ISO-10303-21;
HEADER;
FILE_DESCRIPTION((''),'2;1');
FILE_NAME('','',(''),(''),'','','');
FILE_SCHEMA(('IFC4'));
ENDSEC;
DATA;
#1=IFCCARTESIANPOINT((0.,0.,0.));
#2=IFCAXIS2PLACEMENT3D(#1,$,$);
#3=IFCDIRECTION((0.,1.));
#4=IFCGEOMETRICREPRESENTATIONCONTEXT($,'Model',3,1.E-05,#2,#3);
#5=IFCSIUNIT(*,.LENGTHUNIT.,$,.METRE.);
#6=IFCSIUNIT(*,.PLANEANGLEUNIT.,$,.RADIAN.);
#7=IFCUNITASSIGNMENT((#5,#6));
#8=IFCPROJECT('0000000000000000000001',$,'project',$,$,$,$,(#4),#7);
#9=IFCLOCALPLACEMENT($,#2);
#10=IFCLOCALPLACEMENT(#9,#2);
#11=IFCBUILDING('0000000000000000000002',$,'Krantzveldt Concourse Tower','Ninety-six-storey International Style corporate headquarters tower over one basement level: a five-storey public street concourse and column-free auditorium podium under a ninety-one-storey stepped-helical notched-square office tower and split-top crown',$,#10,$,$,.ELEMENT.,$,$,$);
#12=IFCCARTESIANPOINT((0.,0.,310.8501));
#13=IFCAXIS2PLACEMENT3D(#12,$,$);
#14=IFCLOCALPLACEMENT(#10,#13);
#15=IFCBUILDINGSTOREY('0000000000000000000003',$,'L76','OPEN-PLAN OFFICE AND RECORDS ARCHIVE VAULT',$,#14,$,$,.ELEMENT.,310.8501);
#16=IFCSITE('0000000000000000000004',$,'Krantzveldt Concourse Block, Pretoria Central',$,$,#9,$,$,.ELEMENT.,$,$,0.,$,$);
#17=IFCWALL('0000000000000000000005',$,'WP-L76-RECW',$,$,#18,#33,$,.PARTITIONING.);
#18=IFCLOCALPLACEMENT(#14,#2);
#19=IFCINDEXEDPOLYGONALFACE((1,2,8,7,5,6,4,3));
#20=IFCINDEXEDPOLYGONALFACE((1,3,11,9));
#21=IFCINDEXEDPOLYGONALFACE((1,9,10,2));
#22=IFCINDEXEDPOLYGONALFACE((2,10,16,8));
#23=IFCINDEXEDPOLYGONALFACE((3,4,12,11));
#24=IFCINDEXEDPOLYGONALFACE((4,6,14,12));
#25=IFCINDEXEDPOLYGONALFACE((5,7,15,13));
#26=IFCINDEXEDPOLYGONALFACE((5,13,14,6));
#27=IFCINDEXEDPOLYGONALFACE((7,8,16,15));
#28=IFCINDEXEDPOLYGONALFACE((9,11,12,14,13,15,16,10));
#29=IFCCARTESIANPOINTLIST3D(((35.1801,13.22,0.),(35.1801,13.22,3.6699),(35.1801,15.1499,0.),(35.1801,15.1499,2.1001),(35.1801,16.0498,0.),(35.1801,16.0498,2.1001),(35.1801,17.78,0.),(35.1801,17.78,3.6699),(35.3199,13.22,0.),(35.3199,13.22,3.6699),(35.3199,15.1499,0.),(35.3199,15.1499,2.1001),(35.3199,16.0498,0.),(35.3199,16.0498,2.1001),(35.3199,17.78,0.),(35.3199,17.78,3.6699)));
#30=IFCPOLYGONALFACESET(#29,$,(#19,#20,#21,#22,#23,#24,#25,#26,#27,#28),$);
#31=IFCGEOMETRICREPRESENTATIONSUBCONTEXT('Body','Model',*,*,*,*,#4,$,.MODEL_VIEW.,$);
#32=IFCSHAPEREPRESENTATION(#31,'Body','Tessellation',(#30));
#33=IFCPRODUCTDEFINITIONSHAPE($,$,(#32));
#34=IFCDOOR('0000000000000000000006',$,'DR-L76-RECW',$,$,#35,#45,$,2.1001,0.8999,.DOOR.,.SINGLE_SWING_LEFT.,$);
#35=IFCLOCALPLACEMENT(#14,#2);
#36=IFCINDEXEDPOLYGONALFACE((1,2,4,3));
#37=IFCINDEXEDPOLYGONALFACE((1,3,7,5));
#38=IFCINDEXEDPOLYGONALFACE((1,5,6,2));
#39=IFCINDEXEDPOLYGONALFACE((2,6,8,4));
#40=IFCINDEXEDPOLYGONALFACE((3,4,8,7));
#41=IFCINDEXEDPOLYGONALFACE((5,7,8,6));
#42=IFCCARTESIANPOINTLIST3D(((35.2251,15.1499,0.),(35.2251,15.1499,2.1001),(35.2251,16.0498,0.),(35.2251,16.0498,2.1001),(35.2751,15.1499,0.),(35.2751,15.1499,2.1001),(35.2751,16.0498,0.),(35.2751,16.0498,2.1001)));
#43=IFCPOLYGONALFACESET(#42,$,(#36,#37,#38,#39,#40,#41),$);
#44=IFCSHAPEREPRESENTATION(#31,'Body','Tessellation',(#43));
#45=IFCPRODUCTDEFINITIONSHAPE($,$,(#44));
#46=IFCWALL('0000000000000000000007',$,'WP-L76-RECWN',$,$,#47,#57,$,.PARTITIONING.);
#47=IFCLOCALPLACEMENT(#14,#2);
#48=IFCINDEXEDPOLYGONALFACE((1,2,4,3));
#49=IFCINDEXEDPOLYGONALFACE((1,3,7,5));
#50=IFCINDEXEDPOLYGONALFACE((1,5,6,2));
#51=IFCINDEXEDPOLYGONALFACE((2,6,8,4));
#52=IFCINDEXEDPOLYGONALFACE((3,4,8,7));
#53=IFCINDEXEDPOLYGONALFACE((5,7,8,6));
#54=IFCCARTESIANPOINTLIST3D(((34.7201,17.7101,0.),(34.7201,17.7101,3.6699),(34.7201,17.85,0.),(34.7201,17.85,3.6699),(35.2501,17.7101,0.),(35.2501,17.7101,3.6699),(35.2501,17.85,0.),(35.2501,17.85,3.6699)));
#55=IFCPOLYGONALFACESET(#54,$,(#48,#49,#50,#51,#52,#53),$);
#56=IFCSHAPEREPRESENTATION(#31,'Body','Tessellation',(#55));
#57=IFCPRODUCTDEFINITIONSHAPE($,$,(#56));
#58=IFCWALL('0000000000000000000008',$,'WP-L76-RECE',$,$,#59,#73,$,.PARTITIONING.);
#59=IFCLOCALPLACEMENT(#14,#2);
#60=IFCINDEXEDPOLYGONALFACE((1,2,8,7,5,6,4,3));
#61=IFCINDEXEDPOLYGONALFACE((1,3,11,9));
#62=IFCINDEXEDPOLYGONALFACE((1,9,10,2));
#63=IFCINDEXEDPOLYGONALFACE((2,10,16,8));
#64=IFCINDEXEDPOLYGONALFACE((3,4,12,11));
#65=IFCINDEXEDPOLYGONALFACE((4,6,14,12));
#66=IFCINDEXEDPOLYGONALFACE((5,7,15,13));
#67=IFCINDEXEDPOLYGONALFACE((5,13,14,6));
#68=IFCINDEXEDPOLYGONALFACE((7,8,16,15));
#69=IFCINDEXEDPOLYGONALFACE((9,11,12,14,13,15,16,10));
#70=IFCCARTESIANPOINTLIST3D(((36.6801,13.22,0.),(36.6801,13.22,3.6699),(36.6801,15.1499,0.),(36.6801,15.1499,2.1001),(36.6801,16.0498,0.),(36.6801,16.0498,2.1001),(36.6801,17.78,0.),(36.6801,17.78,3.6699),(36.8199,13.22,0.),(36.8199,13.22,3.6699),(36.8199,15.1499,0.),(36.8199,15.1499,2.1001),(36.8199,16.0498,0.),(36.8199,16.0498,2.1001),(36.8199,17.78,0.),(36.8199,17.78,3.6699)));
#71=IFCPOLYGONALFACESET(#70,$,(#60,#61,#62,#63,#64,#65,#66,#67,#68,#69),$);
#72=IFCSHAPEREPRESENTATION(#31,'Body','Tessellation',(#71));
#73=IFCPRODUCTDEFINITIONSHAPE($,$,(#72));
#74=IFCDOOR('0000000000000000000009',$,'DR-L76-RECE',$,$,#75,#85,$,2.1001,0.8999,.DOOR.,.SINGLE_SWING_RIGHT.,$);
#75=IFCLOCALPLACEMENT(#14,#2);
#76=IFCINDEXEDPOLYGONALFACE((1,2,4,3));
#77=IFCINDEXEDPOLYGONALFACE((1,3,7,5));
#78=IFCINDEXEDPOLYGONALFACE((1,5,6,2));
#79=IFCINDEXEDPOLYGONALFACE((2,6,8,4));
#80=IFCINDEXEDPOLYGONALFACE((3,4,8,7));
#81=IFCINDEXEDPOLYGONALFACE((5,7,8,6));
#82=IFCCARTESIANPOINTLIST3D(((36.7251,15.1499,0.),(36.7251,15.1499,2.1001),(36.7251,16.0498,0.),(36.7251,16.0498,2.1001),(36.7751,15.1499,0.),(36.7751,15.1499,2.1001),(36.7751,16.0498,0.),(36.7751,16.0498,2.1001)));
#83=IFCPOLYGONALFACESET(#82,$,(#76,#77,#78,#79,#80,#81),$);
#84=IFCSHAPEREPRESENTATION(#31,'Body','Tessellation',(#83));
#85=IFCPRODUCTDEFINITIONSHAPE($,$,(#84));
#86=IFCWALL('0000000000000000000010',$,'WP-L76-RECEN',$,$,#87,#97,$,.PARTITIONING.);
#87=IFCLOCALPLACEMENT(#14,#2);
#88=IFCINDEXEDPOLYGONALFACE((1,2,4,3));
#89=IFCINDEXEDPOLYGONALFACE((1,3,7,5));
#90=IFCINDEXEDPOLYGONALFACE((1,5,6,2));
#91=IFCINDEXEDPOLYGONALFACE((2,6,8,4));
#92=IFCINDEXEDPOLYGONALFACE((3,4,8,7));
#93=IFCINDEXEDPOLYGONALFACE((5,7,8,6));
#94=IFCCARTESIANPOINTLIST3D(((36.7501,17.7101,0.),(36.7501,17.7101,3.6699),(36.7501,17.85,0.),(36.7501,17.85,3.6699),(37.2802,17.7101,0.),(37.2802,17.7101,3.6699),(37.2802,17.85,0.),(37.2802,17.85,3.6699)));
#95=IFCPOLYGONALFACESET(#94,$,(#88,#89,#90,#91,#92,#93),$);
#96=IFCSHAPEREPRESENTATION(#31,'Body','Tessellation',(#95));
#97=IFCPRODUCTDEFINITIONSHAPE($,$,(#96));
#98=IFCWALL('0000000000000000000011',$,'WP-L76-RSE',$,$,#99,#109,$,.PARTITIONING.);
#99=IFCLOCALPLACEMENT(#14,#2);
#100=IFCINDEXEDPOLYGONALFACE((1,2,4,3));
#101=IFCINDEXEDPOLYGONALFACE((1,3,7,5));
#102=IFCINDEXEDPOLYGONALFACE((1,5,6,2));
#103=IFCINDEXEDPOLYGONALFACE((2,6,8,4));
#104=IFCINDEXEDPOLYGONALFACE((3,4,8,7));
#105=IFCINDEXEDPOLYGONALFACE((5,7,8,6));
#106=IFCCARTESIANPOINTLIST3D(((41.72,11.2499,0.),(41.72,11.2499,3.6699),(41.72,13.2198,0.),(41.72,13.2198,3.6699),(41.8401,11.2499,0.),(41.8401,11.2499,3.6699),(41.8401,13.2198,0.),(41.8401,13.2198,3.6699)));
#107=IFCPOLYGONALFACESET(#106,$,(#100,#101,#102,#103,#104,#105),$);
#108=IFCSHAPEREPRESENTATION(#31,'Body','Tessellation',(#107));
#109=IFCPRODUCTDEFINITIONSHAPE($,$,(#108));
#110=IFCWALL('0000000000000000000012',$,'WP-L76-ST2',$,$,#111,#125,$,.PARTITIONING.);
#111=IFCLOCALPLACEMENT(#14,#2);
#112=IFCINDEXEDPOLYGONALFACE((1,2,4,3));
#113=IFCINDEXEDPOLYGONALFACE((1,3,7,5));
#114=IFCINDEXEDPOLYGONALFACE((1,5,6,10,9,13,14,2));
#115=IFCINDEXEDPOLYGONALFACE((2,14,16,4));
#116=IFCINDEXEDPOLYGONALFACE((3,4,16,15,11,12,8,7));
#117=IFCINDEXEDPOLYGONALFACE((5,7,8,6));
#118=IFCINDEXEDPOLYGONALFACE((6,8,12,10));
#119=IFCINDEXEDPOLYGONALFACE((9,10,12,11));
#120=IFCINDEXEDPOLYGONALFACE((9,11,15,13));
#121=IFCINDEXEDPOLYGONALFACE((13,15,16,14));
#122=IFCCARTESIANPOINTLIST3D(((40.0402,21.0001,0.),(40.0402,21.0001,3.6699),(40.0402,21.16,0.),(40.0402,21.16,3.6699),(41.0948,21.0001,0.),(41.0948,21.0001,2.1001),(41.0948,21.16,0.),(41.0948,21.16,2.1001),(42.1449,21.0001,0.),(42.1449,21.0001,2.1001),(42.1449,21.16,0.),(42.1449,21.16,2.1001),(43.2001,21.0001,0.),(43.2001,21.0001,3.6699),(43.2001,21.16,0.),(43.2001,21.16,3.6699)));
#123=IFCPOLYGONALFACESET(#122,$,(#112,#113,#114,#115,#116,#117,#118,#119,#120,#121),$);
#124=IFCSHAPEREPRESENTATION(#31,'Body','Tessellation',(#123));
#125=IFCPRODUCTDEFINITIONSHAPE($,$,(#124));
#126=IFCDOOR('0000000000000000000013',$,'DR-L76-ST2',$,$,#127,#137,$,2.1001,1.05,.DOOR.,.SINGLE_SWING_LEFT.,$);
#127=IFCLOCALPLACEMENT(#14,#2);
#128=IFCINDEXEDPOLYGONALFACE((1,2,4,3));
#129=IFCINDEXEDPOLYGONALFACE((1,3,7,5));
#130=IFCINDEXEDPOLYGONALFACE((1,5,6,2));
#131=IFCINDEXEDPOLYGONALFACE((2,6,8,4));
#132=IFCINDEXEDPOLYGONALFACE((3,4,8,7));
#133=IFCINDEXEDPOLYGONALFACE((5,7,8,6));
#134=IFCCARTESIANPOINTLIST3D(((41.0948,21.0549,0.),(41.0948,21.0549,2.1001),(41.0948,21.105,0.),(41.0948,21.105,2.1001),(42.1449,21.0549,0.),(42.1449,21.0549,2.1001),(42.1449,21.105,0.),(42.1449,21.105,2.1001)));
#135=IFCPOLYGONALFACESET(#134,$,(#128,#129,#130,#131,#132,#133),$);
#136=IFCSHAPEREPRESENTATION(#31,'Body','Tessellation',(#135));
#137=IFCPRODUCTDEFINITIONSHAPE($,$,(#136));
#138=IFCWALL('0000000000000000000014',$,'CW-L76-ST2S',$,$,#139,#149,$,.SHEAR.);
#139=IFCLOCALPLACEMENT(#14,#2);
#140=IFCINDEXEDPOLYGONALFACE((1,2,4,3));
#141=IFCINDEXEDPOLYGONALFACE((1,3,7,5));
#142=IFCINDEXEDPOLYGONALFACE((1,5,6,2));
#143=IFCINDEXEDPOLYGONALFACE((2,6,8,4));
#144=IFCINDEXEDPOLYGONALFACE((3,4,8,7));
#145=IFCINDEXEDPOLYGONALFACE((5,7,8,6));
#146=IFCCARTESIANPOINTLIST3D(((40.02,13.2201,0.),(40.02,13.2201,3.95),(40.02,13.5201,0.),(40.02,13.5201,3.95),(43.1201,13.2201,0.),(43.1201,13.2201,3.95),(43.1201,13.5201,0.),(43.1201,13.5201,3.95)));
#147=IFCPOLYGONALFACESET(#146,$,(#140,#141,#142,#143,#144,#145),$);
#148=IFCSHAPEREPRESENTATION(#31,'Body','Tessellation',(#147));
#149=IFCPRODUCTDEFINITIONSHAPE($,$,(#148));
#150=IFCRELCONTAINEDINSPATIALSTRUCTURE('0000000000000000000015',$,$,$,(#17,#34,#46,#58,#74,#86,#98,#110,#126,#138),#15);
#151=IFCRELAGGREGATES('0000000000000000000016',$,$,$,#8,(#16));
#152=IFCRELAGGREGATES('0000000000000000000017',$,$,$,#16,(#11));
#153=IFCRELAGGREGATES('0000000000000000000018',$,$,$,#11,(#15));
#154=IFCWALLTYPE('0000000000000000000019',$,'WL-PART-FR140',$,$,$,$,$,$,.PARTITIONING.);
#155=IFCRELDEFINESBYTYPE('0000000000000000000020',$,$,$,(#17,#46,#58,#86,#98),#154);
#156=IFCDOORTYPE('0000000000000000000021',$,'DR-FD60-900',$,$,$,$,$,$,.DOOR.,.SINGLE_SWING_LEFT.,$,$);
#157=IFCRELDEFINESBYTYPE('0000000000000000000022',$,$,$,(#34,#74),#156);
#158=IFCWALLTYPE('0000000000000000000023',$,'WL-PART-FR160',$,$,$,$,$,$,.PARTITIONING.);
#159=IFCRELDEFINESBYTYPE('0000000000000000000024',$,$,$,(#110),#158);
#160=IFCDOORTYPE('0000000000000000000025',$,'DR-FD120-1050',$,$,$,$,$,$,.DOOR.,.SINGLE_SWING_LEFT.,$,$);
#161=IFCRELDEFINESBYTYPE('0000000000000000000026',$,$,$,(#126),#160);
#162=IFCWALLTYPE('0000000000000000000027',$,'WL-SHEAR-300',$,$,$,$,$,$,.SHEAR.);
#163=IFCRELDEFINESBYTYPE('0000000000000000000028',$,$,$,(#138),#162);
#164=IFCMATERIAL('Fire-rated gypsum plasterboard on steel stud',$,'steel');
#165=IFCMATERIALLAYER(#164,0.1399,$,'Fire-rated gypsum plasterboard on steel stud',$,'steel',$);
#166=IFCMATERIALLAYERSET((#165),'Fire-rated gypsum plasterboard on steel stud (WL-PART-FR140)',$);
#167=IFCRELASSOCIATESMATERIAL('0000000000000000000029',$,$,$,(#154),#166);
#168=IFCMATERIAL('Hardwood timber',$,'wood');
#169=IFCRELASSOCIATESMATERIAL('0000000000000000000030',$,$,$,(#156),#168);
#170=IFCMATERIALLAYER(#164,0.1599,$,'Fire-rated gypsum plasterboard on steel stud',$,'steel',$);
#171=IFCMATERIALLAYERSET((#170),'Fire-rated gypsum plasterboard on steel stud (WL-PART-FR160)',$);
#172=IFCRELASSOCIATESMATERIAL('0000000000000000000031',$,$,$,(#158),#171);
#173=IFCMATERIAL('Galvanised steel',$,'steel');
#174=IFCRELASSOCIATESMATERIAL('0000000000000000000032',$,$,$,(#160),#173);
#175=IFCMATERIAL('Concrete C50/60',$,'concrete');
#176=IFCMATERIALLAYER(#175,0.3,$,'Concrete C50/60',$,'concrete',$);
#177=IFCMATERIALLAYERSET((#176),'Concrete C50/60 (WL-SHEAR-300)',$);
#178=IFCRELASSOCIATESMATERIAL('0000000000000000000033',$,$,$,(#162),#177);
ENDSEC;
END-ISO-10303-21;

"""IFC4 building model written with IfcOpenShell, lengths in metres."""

from ifc_helpers import new_model, si_unit, direction, frame, frame_2d, origin, place, context, subcontext, project, spatial, rectangle, extrude, material, layer, layer_set, type_object, element, fill, save


model = new_model("IFC4")

# Units and contexts
model_context = context("Model", 3, precision=1e-05, world=origin(), true_north=direction((0.0, 1.0)))
body_context = subcontext(model_context, "Body", "Model", "MODEL_VIEW")
ifc_project = project(units=[si_unit("LENGTHUNIT", "METRE"), si_unit("PLANEANGLEUNIT", "RADIAN")], contexts=[model_context])

# Site, building, storey
site_placement = place(None, origin())
site = spatial("IfcSite", under=ifc_project, at=site_placement, Name="Krantzveldt Concourse Block, Pretoria Central", CompositionType="ELEMENT", RefElevation=0.0)
building_placement = place(site_placement, origin())
building = spatial("IfcBuilding", under=site, at=building_placement, Name="Krantzveldt Concourse Tower", Description="Ninety-six-storey International Style corporate headquarters tower over one basement level: a five-storey public street concourse and column-free auditorium podium under a ninety-one-storey stepped-helical notched-square office tower and split-top crown", CompositionType="ELEMENT")
storey_placement = place(building_placement, frame((0.0, 0.0, 310.8501)))
storey = spatial("IfcBuildingStorey", under=building, at=storey_placement, Name="L76", Description="OPEN-PLAN OFFICE AND RECORDS ARCHIVE VAULT", CompositionType="ELEMENT", Elevation=310.8501)

# Shared definitions
ifc_material_1 = material(Name="Fire-rated gypsum plasterboard on steel stud", Category="steel")

# Shared definitions
ifc_layer_1 = layer(ifc_material_1, 0.1399, Name="Fire-rated gypsum plasterboard on steel stud", Category="steel")
ifc_layer_set_1 = layer_set([ifc_layer_1], Name="Fire-rated gypsum plasterboard on steel stud (WL-PART-FR140)")
wall_type_1 = type_object("IfcWallType", Name="WL-PART-FR140", PredefinedType="PARTITIONING", material=ifc_layer_set_1)

# Wall, opening, door
wall_1_placement = place(storey_placement, frame((35.25, 13.22, 0.0), z_axis=(0.0, 0.0, 1.0), x_axis=(0.0, 1.0, 0.0)))
wall_1 = element("IfcWall", 1, at=wall_1_placement, inside=storey, type_object=wall_type_1, Name="WP-L76-RECW", PredefinedType="PARTITIONING", context=body_context, shape_type="SweptSolid", body=[
    extrude(rectangle(XDim=4.5601, YDim=0.1399, at=frame_2d((2.28, 0.0))), origin(), (0.0, 0.0, 1.0), 3.6699),
])
opening_1_placement = place(wall_1_placement, frame((1.9299, 0.0, 0.0)))
opening_1 = element("IfcOpeningElement", 2, at=opening_1_placement, cuts=wall_1, PredefinedType="OPENING", context=body_context, shape_type="SweptSolid", body=[
    extrude(rectangle(XDim=0.8999, YDim=2.1001, at=frame_2d((0.45, 1.05))), frame((0.0, 0.0801, 0.0), z_axis=(0.0, -1.0, 0.0), x_axis=(1.0, 0.0, 0.0)), (0.0, 0.0, 1.0), 0.1599),
])
ifc_material_2 = material(Name="Hardwood timber", Category="wood")
door_type_1 = type_object("IfcDoorType", Name="DR-FD60-900", OperationType="SINGLE_SWING_LEFT", PredefinedType="DOOR", material=ifc_material_2)
door_1_placement = place(opening_1_placement, origin())
door_1 = element("IfcDoor", 3, at=door_1_placement, inside=storey, type_object=door_type_1, Name="DR-L76-RECW", OperationType="SINGLE_SWING_LEFT", OverallHeight=2.1001, OverallWidth=0.8999, PredefinedType="DOOR", context=body_context, shape_type="SweptSolid", body=[
    extrude(rectangle(XDim=0.8999, YDim=2.1001, at=frame_2d((0.45, 1.05))), frame((0.0, 0.0249, 0.0), z_axis=(0.0, -1.0, 0.0), x_axis=(1.0, 0.0, 0.0)), (0.0, 0.0, 1.0), 0.05),
])
fill(opening_1, door_1)

# Wall
wall_2_placement = place(storey_placement, frame((34.72, 17.78, 0.0), z_axis=(0.0, 0.0, 1.0), x_axis=(1.0, 0.0, 0.0)))
element("IfcWall", 4, at=wall_2_placement, inside=storey, type_object=wall_type_1, Name="WP-L76-RECWN", PredefinedType="PARTITIONING", context=body_context, shape_type="SweptSolid", body=[
    extrude(rectangle(XDim=0.53, YDim=0.1399, at=frame_2d((0.2651, 0.0))), origin(), (0.0, 0.0, 1.0), 3.6699),
])

# Wall, opening, door
wall_3_placement = place(storey_placement, frame((36.75, 13.22, 0.0), z_axis=(0.0, 0.0, 1.0), x_axis=(0.0, 1.0, 0.0)))
wall_3 = element("IfcWall", 5, at=wall_3_placement, inside=storey, type_object=wall_type_1, Name="WP-L76-RECE", PredefinedType="PARTITIONING", context=body_context, shape_type="SweptSolid", body=[
    extrude(rectangle(XDim=4.5601, YDim=0.1399, at=frame_2d((2.28, 0.0))), origin(), (0.0, 0.0, 1.0), 3.6699),
])
opening_2_placement = place(wall_3_placement, frame((1.9299, 0.0, 0.0)))
opening_2 = element("IfcOpeningElement", 6, at=opening_2_placement, cuts=wall_3, PredefinedType="OPENING", context=body_context, shape_type="SweptSolid", body=[
    extrude(rectangle(XDim=0.8999, YDim=2.1001, at=frame_2d((0.45, 1.05))), frame((0.0, 0.0801, 0.0), z_axis=(0.0, -1.0, 0.0), x_axis=(1.0, 0.0, 0.0)), (0.0, 0.0, 1.0), 0.1599),
])
door_2_placement = place(opening_2_placement, origin())
door_2 = element("IfcDoor", 7, at=door_2_placement, inside=storey, type_object=door_type_1, Name="DR-L76-RECE", OperationType="SINGLE_SWING_RIGHT", OverallHeight=2.1001, OverallWidth=0.8999, PredefinedType="DOOR", context=body_context, shape_type="SweptSolid", body=[
    extrude(rectangle(XDim=0.8999, YDim=2.1001, at=frame_2d((0.45, 1.05))), frame((0.0, 0.0249, 0.0), z_axis=(0.0, -1.0, 0.0), x_axis=(1.0, 0.0, 0.0)), (0.0, 0.0, 1.0), 0.05),
])
fill(opening_2, door_2)

# Walls
wall_4_placement = place(storey_placement, frame((36.75, 17.78, 0.0), z_axis=(0.0, 0.0, 1.0), x_axis=(1.0, 0.0, 0.0)))
element("IfcWall", 8, at=wall_4_placement, inside=storey, type_object=wall_type_1, Name="WP-L76-RECEN", PredefinedType="PARTITIONING", context=body_context, shape_type="SweptSolid", body=[
    extrude(rectangle(XDim=0.53, YDim=0.1399, at=frame_2d((0.2651, 0.0))), origin(), (0.0, 0.0, 1.0), 3.6699),
])
wall_5_placement = place(storey_placement, frame((41.78, 11.25, 0.0), z_axis=(0.0, 0.0, 1.0), x_axis=(0.0, 1.0, 0.0)))
element("IfcWall", 9, at=wall_5_placement, inside=storey, type_object=wall_type_1, Name="WP-L76-RSE", PredefinedType="PARTITIONING", context=body_context, shape_type="SweptSolid", body=[
    extrude(rectangle(XDim=1.97, YDim=0.1201, at=frame_2d((0.9849, 0.0))), origin(), (0.0, 0.0, 1.0), 3.6699),
])

# Wall, opening, door
ifc_layer_2 = layer(ifc_material_1, 0.1599, Name="Fire-rated gypsum plasterboard on steel stud", Category="steel")
ifc_layer_set_2 = layer_set([ifc_layer_2], Name="Fire-rated gypsum plasterboard on steel stud (WL-PART-FR160)")
wall_type_2 = type_object("IfcWallType", Name="WL-PART-FR160", PredefinedType="PARTITIONING", material=ifc_layer_set_2)
wall_6_placement = place(storey_placement, frame((40.04, 21.0801, 0.0), z_axis=(0.0, 0.0, 1.0), x_axis=(1.0, 0.0, 0.0)))
wall_6 = element("IfcWall", 10, at=wall_6_placement, inside=storey, type_object=wall_type_2, Name="WP-L76-ST2", PredefinedType="PARTITIONING", context=body_context, shape_type="SweptSolid", body=[
    extrude(rectangle(XDim=3.1599, YDim=0.1599, at=frame_2d((1.5801, 0.0))), origin(), (0.0, 0.0, 1.0), 3.6699),
])
opening_3_placement = place(wall_6_placement, frame((1.0549, 0.0, 0.0)))
opening_3 = element("IfcOpeningElement", 11, at=opening_3_placement, cuts=wall_6, PredefinedType="OPENING", context=body_context, shape_type="SweptSolid", body=[
    extrude(rectangle(XDim=1.05, YDim=2.1001, at=frame_2d((0.5249, 1.05))), frame((0.0, 0.0898, 0.0), z_axis=(0.0, -1.0, 0.0), x_axis=(1.0, 0.0, 0.0)), (0.0, 0.0, 1.0), 0.1799),
])
ifc_material_3 = material(Name="Galvanised steel", Category="steel")
door_type_2 = type_object("IfcDoorType", Name="DR-FD120-1050", OperationType="SINGLE_SWING_LEFT", PredefinedType="DOOR", material=ifc_material_3)
door_3_placement = place(opening_3_placement, origin())
door_3 = element("IfcDoor", 12, at=door_3_placement, inside=storey, type_object=door_type_2, Name="DR-L76-ST2", OperationType="SINGLE_SWING_LEFT", OverallHeight=2.1001, OverallWidth=1.05, PredefinedType="DOOR", context=body_context, shape_type="SweptSolid", body=[
    extrude(rectangle(XDim=1.05, YDim=2.1001, at=frame_2d((0.5249, 1.05))), frame((0.0, 0.0249, 0.0), z_axis=(0.0, -1.0, 0.0), x_axis=(1.0, 0.0, 0.0)), (0.0, 0.0, 1.0), 0.05),
])
fill(opening_3, door_3)

# Wall
ifc_material_4 = material(Name="Concrete C50/60", Category="concrete")
ifc_layer_3 = layer(ifc_material_4, 0.3, Name="Concrete C50/60", Category="concrete")
ifc_layer_set_3 = layer_set([ifc_layer_3], Name="Concrete C50/60 (WL-SHEAR-300)")
wall_type_3 = type_object("IfcWallType", Name="WL-SHEAR-300", PredefinedType="SHEAR", material=ifc_layer_set_3)
wall_7_placement = place(storey_placement, frame((40.02, 13.3701, 0.0), z_axis=(0.0, 0.0, 1.0), x_axis=(1.0, 0.0, 0.0)))
element("IfcWall", 13, at=wall_7_placement, inside=storey, type_object=wall_type_3, Name="CW-L76-ST2S", PredefinedType="SHEAR", context=body_context, shape_type="SweptSolid", body=[
    extrude(rectangle(XDim=3.1001, YDim=0.3, at=frame_2d((1.55, 0.0))), origin(), (0.0, 0.0, 1.0), 3.95),
])

save(model, "model.ifc")
